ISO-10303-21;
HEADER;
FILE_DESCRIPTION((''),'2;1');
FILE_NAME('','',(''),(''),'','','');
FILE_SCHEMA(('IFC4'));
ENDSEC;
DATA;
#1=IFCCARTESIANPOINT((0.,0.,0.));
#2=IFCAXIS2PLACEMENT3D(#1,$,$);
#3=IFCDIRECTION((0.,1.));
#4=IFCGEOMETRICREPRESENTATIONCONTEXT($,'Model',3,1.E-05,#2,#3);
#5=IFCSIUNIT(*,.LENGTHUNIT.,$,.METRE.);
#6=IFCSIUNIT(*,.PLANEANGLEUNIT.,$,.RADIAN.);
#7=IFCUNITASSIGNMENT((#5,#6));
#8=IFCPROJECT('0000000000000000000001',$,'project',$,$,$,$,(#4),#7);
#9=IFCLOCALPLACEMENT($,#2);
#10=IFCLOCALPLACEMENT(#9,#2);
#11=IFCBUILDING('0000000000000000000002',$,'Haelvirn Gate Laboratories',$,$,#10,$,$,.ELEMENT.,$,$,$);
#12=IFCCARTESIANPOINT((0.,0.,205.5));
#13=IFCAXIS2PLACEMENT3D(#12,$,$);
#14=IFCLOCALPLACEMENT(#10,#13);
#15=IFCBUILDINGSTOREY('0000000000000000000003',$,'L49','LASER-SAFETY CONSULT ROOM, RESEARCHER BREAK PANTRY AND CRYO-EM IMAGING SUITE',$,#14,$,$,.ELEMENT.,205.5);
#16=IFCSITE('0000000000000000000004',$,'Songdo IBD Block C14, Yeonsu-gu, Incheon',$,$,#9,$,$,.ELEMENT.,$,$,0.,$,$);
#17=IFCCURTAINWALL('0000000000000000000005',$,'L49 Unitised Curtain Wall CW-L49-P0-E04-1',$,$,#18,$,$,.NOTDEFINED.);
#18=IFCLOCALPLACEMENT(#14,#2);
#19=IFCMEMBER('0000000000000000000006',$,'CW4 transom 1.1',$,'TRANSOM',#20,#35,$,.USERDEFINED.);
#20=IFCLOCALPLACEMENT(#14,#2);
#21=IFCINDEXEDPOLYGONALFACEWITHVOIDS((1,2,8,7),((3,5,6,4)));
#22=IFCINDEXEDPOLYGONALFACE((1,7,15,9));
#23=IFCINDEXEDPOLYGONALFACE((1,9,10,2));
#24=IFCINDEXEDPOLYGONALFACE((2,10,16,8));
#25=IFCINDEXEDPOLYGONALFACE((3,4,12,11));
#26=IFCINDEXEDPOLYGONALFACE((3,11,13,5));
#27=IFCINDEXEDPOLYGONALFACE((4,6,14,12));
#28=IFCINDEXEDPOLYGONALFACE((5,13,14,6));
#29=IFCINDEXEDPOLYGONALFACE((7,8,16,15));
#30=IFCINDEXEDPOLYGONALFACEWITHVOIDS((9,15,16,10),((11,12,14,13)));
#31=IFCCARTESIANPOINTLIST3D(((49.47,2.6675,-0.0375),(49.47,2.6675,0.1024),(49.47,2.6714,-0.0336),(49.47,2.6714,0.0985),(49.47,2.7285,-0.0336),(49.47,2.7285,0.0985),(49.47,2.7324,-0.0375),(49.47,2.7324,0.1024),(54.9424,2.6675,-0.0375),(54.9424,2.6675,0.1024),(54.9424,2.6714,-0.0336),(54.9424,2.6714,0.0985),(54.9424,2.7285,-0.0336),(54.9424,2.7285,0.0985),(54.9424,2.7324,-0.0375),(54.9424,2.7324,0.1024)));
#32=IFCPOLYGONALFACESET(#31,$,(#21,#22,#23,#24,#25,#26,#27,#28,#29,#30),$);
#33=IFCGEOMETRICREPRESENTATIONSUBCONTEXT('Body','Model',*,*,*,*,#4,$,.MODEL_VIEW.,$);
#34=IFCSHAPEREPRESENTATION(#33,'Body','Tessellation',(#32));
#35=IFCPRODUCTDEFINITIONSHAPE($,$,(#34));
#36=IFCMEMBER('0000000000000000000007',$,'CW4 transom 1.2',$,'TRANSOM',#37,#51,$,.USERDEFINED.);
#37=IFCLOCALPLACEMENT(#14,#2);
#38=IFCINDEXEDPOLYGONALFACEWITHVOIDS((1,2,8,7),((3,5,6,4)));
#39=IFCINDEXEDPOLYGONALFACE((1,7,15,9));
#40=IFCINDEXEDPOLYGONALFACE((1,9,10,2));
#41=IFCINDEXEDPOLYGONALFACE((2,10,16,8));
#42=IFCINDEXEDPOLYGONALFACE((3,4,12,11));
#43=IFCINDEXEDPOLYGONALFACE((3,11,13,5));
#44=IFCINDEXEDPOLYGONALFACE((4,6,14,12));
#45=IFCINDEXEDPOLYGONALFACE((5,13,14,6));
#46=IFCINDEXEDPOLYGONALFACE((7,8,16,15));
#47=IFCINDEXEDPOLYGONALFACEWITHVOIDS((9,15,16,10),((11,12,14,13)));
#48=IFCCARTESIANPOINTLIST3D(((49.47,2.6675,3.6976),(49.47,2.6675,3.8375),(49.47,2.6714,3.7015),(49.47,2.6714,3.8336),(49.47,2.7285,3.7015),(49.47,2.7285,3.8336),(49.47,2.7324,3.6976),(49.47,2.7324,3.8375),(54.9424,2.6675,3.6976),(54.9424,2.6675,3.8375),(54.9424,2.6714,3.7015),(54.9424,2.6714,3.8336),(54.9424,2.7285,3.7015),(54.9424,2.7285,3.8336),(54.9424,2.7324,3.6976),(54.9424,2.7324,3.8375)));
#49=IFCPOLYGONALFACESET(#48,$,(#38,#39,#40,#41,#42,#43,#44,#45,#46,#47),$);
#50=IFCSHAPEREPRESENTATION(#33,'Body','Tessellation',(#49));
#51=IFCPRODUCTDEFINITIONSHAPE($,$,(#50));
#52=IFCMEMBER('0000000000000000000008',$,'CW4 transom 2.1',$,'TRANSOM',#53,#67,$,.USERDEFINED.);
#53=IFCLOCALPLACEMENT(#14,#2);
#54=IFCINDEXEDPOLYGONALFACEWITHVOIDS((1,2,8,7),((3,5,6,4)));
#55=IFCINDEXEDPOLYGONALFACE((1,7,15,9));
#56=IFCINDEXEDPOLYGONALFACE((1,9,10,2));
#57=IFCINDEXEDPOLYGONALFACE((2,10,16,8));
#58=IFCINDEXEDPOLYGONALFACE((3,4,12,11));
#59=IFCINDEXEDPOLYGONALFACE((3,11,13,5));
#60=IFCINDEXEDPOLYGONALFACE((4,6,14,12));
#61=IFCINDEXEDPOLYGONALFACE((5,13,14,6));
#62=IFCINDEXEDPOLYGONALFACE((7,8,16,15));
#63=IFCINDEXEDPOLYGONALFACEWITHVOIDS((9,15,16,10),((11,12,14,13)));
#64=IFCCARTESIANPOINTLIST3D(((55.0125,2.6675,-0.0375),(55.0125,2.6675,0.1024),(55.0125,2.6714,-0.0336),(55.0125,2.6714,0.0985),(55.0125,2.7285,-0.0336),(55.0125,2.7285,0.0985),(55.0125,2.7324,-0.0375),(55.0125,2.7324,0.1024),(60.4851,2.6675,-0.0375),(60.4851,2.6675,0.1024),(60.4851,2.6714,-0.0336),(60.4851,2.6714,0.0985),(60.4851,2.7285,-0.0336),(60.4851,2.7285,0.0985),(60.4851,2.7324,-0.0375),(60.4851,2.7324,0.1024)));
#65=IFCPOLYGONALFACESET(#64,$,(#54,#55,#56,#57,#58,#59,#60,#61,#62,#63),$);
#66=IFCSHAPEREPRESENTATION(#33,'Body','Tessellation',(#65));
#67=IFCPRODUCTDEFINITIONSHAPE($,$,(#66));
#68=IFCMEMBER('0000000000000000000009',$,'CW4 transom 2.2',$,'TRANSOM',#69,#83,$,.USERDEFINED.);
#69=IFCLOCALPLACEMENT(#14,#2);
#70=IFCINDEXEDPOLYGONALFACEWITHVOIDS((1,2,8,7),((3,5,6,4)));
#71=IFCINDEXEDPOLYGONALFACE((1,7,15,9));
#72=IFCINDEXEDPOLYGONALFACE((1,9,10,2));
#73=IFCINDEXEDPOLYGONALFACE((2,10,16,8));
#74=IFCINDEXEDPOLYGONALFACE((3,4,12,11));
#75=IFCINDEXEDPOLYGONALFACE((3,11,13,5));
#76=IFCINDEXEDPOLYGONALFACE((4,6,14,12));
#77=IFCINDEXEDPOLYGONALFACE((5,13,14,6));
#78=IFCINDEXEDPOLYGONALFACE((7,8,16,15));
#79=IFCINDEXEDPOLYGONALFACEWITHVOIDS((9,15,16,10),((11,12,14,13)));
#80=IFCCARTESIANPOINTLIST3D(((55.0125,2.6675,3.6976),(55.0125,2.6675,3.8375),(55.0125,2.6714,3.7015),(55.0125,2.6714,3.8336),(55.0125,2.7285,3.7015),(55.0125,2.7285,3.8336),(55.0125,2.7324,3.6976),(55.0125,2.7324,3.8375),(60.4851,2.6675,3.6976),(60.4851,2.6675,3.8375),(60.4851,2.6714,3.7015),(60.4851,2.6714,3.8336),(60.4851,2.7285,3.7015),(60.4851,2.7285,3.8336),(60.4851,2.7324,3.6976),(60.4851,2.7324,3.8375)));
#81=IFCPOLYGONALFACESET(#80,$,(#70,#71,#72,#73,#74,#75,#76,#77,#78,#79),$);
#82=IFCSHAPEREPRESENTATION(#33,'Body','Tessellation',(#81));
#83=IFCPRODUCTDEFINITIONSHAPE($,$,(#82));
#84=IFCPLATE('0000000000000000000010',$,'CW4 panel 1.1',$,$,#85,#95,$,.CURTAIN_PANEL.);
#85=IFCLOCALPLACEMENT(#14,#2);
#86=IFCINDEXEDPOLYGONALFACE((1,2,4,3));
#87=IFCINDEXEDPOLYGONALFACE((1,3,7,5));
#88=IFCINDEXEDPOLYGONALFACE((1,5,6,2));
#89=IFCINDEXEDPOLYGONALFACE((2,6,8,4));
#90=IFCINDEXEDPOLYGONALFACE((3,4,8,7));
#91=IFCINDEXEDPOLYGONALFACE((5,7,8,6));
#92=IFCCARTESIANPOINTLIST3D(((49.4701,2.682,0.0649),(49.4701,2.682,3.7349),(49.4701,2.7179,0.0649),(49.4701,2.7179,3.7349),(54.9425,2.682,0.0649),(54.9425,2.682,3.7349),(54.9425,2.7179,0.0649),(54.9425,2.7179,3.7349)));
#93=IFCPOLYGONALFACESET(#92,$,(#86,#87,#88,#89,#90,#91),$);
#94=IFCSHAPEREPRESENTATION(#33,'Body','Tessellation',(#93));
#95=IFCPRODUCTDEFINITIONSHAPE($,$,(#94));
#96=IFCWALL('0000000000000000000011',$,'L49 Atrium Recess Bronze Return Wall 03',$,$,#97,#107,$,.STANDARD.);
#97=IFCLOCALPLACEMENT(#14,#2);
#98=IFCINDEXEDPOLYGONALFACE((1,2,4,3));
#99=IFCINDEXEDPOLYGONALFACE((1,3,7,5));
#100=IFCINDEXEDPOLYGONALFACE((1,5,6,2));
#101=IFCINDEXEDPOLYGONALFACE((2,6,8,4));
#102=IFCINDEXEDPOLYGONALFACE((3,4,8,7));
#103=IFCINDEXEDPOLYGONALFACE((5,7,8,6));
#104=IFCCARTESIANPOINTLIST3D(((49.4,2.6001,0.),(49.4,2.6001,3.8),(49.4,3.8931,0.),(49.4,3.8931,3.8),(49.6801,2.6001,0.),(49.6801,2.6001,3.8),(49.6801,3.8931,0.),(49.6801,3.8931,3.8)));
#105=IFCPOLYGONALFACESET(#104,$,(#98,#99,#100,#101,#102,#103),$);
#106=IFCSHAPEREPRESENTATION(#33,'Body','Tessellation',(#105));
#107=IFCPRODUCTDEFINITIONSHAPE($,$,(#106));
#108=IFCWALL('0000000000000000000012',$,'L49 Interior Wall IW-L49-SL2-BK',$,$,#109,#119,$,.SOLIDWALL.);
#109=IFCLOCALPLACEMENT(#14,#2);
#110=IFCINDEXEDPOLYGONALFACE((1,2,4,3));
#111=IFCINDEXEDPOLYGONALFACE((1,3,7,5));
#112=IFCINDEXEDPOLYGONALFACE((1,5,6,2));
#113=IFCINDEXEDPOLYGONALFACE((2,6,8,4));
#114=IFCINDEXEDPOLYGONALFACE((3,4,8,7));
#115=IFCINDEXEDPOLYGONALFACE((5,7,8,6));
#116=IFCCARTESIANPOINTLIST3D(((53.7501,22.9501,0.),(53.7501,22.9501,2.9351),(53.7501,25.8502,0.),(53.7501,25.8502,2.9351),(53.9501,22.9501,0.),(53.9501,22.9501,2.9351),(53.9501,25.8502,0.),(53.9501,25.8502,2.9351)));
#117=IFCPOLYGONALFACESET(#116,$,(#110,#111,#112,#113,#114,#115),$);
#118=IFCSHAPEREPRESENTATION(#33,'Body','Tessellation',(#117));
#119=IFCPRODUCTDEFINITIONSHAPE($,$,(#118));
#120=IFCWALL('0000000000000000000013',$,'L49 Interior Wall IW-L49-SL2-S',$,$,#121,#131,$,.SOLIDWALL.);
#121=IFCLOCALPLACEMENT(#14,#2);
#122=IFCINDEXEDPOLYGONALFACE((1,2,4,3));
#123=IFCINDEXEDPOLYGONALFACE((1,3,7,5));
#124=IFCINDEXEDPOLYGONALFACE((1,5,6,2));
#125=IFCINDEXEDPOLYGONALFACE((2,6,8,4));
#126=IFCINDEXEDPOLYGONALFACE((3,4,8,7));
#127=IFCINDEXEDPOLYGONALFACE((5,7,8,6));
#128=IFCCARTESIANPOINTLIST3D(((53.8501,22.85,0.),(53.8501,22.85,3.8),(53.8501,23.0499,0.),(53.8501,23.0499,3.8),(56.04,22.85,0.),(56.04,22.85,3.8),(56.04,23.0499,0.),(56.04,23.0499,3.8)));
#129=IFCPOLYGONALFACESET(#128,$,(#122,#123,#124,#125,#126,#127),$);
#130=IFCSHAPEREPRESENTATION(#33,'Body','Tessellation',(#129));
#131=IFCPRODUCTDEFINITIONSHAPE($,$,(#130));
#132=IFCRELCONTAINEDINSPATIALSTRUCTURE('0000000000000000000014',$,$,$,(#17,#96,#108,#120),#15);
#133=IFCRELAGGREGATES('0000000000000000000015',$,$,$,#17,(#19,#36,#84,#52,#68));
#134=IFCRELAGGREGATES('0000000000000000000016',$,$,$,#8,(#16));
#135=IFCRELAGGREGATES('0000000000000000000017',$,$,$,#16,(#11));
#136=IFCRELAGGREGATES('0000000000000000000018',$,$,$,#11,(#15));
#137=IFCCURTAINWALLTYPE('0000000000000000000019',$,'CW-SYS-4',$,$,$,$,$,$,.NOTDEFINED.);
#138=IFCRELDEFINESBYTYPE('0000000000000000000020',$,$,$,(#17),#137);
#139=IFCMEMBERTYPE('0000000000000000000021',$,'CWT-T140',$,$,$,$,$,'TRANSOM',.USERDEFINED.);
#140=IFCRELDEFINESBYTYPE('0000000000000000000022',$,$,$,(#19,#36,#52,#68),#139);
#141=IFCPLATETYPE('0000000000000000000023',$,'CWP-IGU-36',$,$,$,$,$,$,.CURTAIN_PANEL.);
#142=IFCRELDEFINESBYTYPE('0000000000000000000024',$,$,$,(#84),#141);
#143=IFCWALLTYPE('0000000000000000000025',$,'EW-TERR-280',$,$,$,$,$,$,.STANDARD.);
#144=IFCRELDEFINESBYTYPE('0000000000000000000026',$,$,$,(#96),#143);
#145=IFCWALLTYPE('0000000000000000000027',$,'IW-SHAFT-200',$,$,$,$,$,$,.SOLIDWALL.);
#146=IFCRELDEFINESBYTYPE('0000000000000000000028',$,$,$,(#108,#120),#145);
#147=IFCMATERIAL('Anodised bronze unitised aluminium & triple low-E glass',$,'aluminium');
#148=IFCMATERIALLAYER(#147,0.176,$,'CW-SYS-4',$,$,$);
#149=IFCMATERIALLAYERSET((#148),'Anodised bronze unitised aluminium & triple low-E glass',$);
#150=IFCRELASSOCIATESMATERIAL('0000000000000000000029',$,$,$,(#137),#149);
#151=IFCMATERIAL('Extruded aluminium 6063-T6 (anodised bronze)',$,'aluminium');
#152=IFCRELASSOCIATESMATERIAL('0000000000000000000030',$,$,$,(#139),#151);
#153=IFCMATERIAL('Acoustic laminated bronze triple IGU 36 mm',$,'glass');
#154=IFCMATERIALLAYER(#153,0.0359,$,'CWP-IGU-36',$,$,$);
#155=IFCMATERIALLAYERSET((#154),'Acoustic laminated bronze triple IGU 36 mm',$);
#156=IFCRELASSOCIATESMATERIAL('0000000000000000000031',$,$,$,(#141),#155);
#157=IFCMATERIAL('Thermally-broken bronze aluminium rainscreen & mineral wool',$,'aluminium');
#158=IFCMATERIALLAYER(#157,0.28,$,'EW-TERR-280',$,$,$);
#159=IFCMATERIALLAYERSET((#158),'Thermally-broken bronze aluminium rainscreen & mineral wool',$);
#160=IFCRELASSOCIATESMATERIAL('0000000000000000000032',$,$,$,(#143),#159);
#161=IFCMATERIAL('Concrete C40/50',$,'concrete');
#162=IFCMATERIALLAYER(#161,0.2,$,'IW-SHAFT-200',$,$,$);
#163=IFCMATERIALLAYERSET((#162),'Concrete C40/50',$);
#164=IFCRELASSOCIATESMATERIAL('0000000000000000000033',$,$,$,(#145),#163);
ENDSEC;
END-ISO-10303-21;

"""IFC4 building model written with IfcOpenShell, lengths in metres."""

from ifc_helpers import new_model, si_unit, direction, frame, frame_2d, origin, origin_2d, place, context, subcontext, project, spatial, rectangle, hollow_rectangle, extrude, source, transform, mapped, material, layer, layer_set, material_profile, profile_set, type_object, type_shapes, element, aggregate, save


model = new_model("IFC4")

# Units and contexts
model_context = context("Model", 3, precision=1e-05, world=origin(), true_north=direction((0.0, 1.0)))
body_context = subcontext(model_context, "Body", "Model", "MODEL_VIEW")
ifc_project = project(units=[si_unit("LENGTHUNIT", "METRE"), si_unit("PLANEANGLEUNIT", "RADIAN")], contexts=[model_context])

# Site, building, storey
site_placement = place(None, origin())
site = spatial("IfcSite", under=ifc_project, at=site_placement, Name="Songdo IBD Block C14, Yeonsu-gu, Incheon", CompositionType="ELEMENT", RefElevation=0.0)
building_placement = place(site_placement, origin())
building = spatial("IfcBuilding", under=site, at=building_placement, Name="Haelvirn Gate Laboratories", CompositionType="ELEMENT")
storey_placement = place(building_placement, frame((0.0, 0.0, 205.5)))
storey = spatial("IfcBuildingStorey", under=building, at=storey_placement, Name="L49", Description="LASER-SAFETY CONSULT ROOM, RESEARCHER BREAK PANTRY AND CRYO-EM IMAGING SUITE", CompositionType="ELEMENT", Elevation=205.5)

# Shared definitions
ifc_material_1 = material(Name="Anodised bronze unitised aluminium & triple low-E glass", Category="aluminium")
ifc_layer_1 = layer(ifc_material_1, 0.176, Name="CW-SYS-4")
ifc_layer_set_1 = layer_set([ifc_layer_1], Name="Anodised bronze unitised aluminium & triple low-E glass")
curtain_wall_type = type_object("IfcCurtainWallType", Name="CW-SYS-4", PredefinedType="NOTDEFINED", material=ifc_layer_set_1)
ifc_material_2 = material(Name="Extruded aluminium 6063-T6 (anodised bronze)", Category="aluminium")

# Curtain wall, members, plate
curtain_wall_1_placement = place(storey_placement, origin())
curtain_wall_1 = element("IfcCurtainWall", 1, at=curtain_wall_1_placement, inside=storey, type_object=curtain_wall_type, Name="L49 Unitised Curtain Wall CW-L49-P0-E04-1", PredefinedType="NOTDEFINED")
ifc_material_profile_1 = material_profile(ifc_material_2, hollow_rectangle(XDim=0.0649, YDim=0.1399, WallThickness=0.0039, at=origin_2d()), Name="CWT-140x65x4")
ifc_profile_set_1 = profile_set([ifc_material_profile_1], Name="Extruded aluminium 6063-T6 (anodised bronze)")
member_type_1 = type_object("IfcMemberType", Name="CWT-T140", ElementType="TRANSOM", PredefinedType="USERDEFINED", material=ifc_profile_set_1)
shared_shape_1 = source(origin(), body_context, "Body", "SweptSolid", [
    extrude(hollow_rectangle(XDim=0.0649, YDim=0.1399, WallThickness=0.0039, at=origin_2d()), origin(), (0.0, 0.0, 1.0), 5.4724),
])
member_1_placement = place(storey_placement, frame((49.47, 2.7, 0.0325), z_axis=(1.0, 0.0, 0.0), x_axis=(0.0, 1.0, 0.0)))
member_1 = element("IfcMember", 2, at=member_1_placement, type_object=member_type_1, Name="CW4 transom 1.1", ObjectType="TRANSOM", PredefinedType="USERDEFINED", context=body_context, shape_type="MappedRepresentation", body=[
    mapped(shared_shape_1, transform((0.0, 0.0, 0.0), scale=1.0)),
])
member_2_placement = place(storey_placement, frame((49.47, 2.7, 3.7676), z_axis=(1.0, 0.0, 0.0), x_axis=(0.0, 1.0, 0.0)))
member_2 = element("IfcMember", 3, at=member_2_placement, type_object=member_type_1, Name="CW4 transom 1.2", ObjectType="TRANSOM", PredefinedType="USERDEFINED", context=body_context, shape_type="MappedRepresentation", body=[
    mapped(shared_shape_1, transform((0.0, 0.0, 0.0), scale=1.0)),
])
shared_shape_2 = source(origin(), body_context, "Body", "SweptSolid", [
    extrude(hollow_rectangle(XDim=0.0649, YDim=0.1399, WallThickness=0.0039, at=origin_2d()), origin(), (0.0, 0.0, 1.0), 5.4727),
])
type_shapes(member_type_1, [shared_shape_1, shared_shape_2])
member_3_placement = place(storey_placement, frame((55.0125, 2.7, 0.0325), z_axis=(1.0, 0.0, 0.0), x_axis=(0.0, 1.0, 0.0)))
member_3 = element("IfcMember", 4, at=member_3_placement, type_object=member_type_1, Name="CW4 transom 2.1", ObjectType="TRANSOM", PredefinedType="USERDEFINED", context=body_context, shape_type="MappedRepresentation", body=[
    mapped(shared_shape_2, transform((0.0, 0.0, 0.0), scale=1.0)),
])
member_4_placement = place(storey_placement, frame((55.0125, 2.7, 3.7676), z_axis=(1.0, 0.0, 0.0), x_axis=(0.0, 1.0, 0.0)))
member_4 = element("IfcMember", 5, at=member_4_placement, type_object=member_type_1, Name="CW4 transom 2.2", ObjectType="TRANSOM", PredefinedType="USERDEFINED", context=body_context, shape_type="MappedRepresentation", body=[
    mapped(shared_shape_2, transform((0.0, 0.0, 0.0), scale=1.0)),
])
ifc_material_3 = material(Name="Acoustic laminated bronze triple IGU 36 mm", Category="glass")
ifc_layer_2 = layer(ifc_material_3, 0.0359, Name="CWP-IGU-36")
ifc_layer_set_2 = layer_set([ifc_layer_2], Name="Acoustic laminated bronze triple IGU 36 mm")
plate_type = type_object("IfcPlateType", Name="CWP-IGU-36", PredefinedType="CURTAIN_PANEL", material=ifc_layer_set_2)
shared_shape_3 = source(origin(), body_context, "Body", "SweptSolid", [
    extrude(rectangle(XDim=5.4724, YDim=0.0359, at=origin_2d()), origin(), (0.0, 0.0, 1.0), 3.6699),
])
type_shapes(plate_type, [shared_shape_3])
plate_placement = place(storey_placement, frame((52.2063, 2.7, 0.0649), z_axis=(0.0, 0.0, 1.0), x_axis=(1.0, 0.0, 0.0)))
plate = element("IfcPlate", 6, at=plate_placement, type_object=plate_type, Name="CW4 panel 1.1", PredefinedType="CURTAIN_PANEL", context=body_context, shape_type="MappedRepresentation", body=[
    mapped(shared_shape_3, transform((0.0, 0.0, 0.0), scale=1.0)),
])
aggregate(curtain_wall_1, [member_1, member_2, plate, member_3, member_4])

# Wall
ifc_material_4 = material(Name="Thermally-broken bronze aluminium rainscreen & mineral wool", Category="aluminium")
ifc_layer_3 = layer(ifc_material_4, 0.28, Name="EW-TERR-280")
ifc_layer_set_3 = layer_set([ifc_layer_3], Name="Thermally-broken bronze aluminium rainscreen & mineral wool")
wall_type_1 = type_object("IfcWallType", Name="EW-TERR-280", PredefinedType="STANDARD", material=ifc_layer_set_3)
wall_1_placement = place(storey_placement, frame((49.54, 3.8931, 0.0), z_axis=(0.0, 0.0, 1.0), x_axis=(0.0, -1.0, 0.0)))
element("IfcWall", 7, at=wall_1_placement, inside=storey, type_object=wall_type_1, Name="L49 Atrium Recess Bronze Return Wall 03", PredefinedType="STANDARD", context=body_context, shape_type="SweptSolid", body=[
    extrude(rectangle(XDim=1.293, YDim=0.28, at=frame_2d((0.6465, 0.0))), origin(), (0.0, 0.0, 1.0), 3.8),
])

# Walls
ifc_material_5 = material(Name="Concrete C40/50", Category="concrete")
ifc_layer_4 = layer(ifc_material_5, 0.2, Name="IW-SHAFT-200")
ifc_layer_set_4 = layer_set([ifc_layer_4], Name="Concrete C40/50")
wall_type_2 = type_object("IfcWallType", Name="IW-SHAFT-200", PredefinedType="SOLIDWALL", material=ifc_layer_set_4)
wall_2_placement = place(storey_placement, frame((53.8501, 22.95, 0.0), z_axis=(0.0, 0.0, 1.0), x_axis=(0.0, 1.0, 0.0)))
element("IfcWall", 8, at=wall_2_placement, inside=storey, type_object=wall_type_2, Name="L49 Interior Wall IW-L49-SL2-BK", PredefinedType="SOLIDWALL", context=body_context, shape_type="SweptSolid", body=[
    extrude(rectangle(XDim=2.9001, YDim=0.2, at=frame_2d((1.4502, 0.0))), origin(), (0.0, 0.0, 1.0), 2.9351),
])
wall_3_placement = place(storey_placement, frame((53.8501, 22.95, 0.0), z_axis=(0.0, 0.0, 1.0), x_axis=(1.0, 0.0, 0.0)))
element("IfcWall", 9, at=wall_3_placement, inside=storey, type_object=wall_type_2, Name="L49 Interior Wall IW-L49-SL2-S", PredefinedType="SOLIDWALL", context=body_context, shape_type="SweptSolid", body=[
    extrude(rectangle(XDim=2.1899, YDim=0.2, at=frame_2d((1.095, 0.0))), origin(), (0.0, 0.0, 1.0), 3.8),
])

save(model, "model.ifc")
